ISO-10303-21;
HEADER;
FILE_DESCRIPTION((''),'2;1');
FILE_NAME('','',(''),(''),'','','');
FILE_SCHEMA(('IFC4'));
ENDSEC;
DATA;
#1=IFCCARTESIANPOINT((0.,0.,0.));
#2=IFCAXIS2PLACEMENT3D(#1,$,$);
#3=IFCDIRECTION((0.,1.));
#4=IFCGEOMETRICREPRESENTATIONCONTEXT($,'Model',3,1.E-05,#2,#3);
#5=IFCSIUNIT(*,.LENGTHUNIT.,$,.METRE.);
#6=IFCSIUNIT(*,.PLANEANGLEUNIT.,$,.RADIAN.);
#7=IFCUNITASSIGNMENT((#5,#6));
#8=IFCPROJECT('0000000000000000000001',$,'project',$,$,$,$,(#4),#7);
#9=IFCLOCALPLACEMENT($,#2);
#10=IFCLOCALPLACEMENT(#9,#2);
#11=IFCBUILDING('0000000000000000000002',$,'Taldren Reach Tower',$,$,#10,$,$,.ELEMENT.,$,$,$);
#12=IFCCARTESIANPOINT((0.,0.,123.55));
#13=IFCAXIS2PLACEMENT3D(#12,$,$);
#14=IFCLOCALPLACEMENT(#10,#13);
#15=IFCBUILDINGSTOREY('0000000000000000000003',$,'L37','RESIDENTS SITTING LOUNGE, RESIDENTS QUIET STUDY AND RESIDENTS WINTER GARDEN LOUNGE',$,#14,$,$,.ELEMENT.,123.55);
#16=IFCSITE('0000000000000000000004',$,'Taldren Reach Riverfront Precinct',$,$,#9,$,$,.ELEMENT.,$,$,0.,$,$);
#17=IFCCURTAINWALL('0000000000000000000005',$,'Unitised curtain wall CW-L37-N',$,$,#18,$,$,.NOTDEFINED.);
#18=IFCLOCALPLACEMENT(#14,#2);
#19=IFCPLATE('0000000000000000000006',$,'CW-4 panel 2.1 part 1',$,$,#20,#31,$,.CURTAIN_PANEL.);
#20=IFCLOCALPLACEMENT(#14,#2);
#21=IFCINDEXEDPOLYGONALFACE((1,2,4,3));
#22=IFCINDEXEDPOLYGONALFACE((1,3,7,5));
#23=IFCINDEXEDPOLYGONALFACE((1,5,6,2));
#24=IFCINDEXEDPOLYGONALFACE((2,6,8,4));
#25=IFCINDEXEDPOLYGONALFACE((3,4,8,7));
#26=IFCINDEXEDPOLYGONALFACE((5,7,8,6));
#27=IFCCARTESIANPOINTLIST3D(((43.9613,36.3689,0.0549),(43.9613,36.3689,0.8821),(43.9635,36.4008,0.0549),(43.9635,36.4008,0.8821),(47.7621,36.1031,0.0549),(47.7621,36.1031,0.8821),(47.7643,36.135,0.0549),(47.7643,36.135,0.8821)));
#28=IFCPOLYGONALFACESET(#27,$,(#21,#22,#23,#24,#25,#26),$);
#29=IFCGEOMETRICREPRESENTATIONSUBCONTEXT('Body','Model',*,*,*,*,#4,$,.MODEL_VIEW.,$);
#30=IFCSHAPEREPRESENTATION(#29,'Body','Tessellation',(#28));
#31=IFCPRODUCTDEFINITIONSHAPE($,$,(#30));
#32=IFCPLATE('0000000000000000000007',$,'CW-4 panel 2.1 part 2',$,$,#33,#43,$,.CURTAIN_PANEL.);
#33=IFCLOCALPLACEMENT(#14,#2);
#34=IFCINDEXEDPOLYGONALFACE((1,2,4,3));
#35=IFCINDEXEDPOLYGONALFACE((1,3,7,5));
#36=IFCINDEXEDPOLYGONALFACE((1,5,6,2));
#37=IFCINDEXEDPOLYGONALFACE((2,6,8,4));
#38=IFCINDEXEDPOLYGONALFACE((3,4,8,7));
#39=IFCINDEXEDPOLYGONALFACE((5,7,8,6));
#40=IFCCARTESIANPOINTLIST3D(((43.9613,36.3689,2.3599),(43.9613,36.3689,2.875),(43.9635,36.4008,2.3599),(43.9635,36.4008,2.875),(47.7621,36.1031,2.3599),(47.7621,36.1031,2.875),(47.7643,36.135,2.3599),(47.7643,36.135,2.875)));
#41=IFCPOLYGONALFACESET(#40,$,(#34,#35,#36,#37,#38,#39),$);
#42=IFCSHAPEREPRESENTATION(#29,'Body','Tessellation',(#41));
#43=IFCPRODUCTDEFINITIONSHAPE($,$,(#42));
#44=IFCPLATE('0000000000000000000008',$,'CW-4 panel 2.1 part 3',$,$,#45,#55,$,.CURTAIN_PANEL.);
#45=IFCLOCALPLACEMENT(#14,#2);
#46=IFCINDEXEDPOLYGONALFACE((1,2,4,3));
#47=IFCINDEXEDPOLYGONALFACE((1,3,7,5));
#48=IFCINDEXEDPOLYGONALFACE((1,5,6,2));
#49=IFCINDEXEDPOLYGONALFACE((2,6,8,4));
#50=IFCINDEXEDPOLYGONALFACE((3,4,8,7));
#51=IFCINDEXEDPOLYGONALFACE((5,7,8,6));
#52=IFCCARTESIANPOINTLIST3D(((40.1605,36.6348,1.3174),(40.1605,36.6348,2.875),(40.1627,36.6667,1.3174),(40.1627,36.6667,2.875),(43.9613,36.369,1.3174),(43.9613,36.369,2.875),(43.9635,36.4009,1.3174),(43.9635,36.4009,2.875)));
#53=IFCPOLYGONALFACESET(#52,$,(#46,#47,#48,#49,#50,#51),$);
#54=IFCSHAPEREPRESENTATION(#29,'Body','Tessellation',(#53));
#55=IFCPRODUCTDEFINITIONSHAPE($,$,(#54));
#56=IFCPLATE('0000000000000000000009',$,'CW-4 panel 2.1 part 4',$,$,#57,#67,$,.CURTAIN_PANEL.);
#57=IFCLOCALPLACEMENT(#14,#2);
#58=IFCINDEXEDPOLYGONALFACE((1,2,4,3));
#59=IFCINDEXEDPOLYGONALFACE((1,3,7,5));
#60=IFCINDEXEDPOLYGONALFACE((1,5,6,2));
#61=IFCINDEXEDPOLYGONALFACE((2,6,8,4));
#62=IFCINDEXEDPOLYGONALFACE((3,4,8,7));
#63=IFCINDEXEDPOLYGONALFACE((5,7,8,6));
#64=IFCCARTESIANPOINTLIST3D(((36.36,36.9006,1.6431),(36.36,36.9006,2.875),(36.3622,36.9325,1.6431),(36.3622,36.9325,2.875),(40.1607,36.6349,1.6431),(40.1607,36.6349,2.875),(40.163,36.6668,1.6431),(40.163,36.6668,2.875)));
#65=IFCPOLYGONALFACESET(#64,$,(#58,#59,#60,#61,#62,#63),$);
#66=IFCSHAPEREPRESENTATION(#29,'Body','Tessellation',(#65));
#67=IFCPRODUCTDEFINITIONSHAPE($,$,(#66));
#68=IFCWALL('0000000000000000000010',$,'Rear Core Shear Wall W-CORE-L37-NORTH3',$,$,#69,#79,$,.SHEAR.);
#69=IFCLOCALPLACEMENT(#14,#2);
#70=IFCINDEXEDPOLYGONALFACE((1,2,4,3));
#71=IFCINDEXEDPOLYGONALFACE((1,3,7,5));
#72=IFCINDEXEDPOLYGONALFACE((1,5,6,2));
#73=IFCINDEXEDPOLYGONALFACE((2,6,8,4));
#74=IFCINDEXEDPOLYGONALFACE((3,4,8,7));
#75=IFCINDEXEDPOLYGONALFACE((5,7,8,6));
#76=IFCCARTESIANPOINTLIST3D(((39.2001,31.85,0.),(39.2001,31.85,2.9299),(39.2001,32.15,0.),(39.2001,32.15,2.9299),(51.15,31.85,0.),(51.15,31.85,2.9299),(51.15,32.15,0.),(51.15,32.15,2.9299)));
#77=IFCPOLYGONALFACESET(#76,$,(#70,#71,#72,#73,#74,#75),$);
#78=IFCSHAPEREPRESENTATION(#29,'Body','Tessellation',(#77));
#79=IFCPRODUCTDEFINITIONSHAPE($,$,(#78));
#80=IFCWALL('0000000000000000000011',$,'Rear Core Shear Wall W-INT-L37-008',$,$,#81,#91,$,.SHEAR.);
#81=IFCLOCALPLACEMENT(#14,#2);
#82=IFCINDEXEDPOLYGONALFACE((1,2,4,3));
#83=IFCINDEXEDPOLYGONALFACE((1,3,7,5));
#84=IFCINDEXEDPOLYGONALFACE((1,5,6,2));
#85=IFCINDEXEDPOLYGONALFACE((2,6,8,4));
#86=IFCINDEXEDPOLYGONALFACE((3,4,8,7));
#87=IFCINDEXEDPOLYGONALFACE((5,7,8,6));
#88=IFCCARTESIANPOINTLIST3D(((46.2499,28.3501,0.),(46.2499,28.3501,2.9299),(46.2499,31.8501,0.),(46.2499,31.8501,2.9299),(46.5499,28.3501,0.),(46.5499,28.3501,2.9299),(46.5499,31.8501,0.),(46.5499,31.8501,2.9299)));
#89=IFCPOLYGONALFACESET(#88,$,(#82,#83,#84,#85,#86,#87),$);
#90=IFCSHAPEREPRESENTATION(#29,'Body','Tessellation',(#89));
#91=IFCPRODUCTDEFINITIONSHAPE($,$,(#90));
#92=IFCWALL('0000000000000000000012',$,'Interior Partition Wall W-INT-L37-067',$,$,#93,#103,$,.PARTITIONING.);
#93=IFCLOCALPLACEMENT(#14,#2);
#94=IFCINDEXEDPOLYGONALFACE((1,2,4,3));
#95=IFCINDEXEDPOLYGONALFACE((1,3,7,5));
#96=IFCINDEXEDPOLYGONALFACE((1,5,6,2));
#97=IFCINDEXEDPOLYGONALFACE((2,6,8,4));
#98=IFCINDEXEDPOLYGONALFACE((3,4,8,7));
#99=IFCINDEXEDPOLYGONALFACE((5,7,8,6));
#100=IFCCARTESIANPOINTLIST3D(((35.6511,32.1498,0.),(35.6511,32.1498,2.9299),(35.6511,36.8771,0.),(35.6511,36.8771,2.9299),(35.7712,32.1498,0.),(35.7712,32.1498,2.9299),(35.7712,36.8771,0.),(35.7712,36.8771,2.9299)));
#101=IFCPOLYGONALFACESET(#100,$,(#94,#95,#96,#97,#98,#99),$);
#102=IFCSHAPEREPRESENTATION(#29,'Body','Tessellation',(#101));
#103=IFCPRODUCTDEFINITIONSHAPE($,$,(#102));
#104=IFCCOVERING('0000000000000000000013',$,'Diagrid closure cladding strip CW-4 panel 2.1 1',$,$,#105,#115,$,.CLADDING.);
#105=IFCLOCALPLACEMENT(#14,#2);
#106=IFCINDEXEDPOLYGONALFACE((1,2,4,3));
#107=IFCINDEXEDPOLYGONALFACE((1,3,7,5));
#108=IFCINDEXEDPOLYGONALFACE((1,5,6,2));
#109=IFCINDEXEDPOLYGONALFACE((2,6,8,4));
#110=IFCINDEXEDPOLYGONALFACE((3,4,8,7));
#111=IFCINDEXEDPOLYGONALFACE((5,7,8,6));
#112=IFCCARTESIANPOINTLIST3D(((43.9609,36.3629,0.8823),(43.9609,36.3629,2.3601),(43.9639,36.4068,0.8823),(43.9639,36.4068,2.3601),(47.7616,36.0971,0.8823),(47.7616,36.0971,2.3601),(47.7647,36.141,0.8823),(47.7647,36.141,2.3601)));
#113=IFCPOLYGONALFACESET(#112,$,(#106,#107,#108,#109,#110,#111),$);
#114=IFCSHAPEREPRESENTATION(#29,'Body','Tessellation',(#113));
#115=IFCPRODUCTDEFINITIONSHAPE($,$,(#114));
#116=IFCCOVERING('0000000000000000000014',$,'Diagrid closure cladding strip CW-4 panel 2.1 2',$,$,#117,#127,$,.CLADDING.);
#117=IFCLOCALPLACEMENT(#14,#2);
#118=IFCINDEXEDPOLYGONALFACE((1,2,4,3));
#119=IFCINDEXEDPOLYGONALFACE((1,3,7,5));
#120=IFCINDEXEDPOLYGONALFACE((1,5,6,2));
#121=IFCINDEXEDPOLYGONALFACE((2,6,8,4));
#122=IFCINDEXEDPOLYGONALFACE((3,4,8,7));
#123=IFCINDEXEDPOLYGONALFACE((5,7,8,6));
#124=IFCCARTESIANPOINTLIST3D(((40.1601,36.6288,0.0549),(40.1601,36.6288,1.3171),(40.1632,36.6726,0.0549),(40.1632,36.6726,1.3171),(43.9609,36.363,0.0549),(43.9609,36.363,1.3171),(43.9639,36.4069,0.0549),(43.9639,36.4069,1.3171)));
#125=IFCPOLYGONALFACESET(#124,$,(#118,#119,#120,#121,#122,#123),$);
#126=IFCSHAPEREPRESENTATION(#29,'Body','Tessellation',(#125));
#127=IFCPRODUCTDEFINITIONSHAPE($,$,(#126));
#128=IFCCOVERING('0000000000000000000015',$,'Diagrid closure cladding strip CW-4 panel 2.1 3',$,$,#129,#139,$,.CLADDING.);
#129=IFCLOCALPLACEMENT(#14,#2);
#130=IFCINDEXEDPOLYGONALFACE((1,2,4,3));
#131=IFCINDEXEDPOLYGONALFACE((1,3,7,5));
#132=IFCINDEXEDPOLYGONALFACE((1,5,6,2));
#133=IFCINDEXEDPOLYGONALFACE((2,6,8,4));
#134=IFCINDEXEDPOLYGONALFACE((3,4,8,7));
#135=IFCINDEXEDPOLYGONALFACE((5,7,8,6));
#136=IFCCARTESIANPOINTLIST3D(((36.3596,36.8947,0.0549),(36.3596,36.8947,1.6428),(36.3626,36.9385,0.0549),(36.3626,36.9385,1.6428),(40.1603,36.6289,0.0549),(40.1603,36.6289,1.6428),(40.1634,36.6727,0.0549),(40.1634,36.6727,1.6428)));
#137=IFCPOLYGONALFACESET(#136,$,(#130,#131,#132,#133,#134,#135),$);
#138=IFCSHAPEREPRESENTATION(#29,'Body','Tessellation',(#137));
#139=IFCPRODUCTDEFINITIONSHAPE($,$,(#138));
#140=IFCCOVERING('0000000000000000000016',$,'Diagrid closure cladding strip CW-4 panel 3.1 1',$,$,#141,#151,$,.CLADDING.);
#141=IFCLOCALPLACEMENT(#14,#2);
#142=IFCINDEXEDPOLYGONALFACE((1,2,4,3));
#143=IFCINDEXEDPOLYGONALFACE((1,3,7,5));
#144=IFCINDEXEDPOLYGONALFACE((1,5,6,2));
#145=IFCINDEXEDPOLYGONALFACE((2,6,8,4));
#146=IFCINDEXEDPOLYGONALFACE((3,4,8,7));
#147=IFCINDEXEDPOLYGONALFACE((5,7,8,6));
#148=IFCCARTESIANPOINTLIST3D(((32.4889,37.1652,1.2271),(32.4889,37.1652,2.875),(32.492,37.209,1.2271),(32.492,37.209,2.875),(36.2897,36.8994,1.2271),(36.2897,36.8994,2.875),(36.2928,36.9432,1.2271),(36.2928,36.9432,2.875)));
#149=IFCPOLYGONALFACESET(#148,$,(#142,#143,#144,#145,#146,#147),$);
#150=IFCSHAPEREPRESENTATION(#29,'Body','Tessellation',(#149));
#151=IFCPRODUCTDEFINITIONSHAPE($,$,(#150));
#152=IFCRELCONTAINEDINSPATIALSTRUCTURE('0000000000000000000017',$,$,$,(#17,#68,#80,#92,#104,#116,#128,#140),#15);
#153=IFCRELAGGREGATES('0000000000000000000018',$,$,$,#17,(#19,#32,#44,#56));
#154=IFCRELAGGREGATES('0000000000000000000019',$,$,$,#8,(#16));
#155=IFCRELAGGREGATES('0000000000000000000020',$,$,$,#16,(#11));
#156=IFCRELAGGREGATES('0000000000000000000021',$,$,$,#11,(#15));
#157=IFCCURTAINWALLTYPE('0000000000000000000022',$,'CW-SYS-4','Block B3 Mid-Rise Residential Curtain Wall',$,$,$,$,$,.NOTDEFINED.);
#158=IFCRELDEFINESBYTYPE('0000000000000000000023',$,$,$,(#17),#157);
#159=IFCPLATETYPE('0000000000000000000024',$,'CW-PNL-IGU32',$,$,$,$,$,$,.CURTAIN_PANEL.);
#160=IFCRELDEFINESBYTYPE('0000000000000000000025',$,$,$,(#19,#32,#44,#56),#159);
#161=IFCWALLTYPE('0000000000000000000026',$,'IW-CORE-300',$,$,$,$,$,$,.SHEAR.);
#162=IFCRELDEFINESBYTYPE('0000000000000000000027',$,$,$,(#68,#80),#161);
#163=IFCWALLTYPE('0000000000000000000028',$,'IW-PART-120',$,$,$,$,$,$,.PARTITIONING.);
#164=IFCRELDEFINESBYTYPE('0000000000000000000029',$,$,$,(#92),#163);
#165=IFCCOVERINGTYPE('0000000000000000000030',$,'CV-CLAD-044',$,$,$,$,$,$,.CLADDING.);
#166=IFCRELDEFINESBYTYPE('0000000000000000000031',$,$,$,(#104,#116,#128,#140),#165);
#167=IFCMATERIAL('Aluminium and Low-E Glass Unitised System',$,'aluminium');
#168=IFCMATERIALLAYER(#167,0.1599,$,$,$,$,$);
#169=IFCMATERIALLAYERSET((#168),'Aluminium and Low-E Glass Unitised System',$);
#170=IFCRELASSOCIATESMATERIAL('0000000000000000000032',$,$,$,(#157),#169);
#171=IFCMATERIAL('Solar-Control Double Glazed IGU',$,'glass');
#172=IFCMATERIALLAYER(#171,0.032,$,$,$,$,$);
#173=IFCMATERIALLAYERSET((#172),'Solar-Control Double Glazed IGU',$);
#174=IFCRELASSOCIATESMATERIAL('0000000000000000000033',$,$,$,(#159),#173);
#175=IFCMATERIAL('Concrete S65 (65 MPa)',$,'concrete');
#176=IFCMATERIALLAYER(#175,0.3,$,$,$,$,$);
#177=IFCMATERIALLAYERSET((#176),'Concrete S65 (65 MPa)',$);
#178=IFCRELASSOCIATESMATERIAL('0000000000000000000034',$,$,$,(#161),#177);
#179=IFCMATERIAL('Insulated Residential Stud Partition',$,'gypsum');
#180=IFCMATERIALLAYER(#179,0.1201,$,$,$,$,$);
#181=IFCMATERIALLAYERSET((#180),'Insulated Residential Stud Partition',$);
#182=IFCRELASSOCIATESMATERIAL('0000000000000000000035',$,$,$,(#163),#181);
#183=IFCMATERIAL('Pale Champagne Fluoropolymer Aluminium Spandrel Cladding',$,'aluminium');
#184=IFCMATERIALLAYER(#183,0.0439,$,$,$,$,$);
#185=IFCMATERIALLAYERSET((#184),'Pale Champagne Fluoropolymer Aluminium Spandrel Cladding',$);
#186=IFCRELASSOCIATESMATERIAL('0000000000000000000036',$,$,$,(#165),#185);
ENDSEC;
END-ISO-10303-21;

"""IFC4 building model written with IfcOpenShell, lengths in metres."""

from ifc_helpers import new_model, si_unit, direction, frame, frame_2d, origin, origin_2d, place, context, subcontext, project, spatial, rectangle, extrude, source, transform, mapped, material, layer, layer_set, type_object, element, aggregate, save


model = new_model("IFC4")

# Units and contexts
model_context = context("Model", 3, precision=1e-05, world=origin(), true_north=direction((0.0, 1.0)))
body_context = subcontext(model_context, "Body", "Model", "MODEL_VIEW")
ifc_project = project(units=[si_unit("LENGTHUNIT", "METRE"), si_unit("PLANEANGLEUNIT", "RADIAN")], contexts=[model_context])

# Site, building, storey
site_placement = place(None, origin())
site = spatial("IfcSite", under=ifc_project, at=site_placement, Name="Taldren Reach Riverfront Precinct", CompositionType="ELEMENT", RefElevation=0.0)
building_placement = place(site_placement, origin())
building = spatial("IfcBuilding", under=site, at=building_placement, Name="Taldren Reach Tower", CompositionType="ELEMENT")
storey_placement = place(building_placement, frame((0.0, 0.0, 123.55)))
storey = spatial("IfcBuildingStorey", under=building, at=storey_placement, Name="L37", Description="RESIDENTS SITTING LOUNGE, RESIDENTS QUIET STUDY AND RESIDENTS WINTER GARDEN LOUNGE", CompositionType="ELEMENT", Elevation=123.55)

# Curtain wall
ifc_material_1 = material(Name="Aluminium and Low-E Glass Unitised System", Category="aluminium")
ifc_layer_1 = layer(ifc_material_1, 0.1599)
ifc_layer_set_1 = layer_set([ifc_layer_1], Name="Aluminium and Low-E Glass Unitised System")
curtain_wall_type = type_object("IfcCurtainWallType", Name="CW-SYS-4", Description="Block B3 Mid-Rise Residential Curtain Wall", PredefinedType="NOTDEFINED", material=ifc_layer_set_1)
curtain_wall_placement = place(storey_placement, origin())
curtain_wall = element("IfcCurtainWall", 1, at=curtain_wall_placement, inside=storey, type_object=curtain_wall_type, Name="Unitised curtain wall CW-L37-N", PredefinedType="NOTDEFINED")

# Plates
ifc_material_2 = material(Name="Solar-Control Double Glazed IGU", Category="glass")
ifc_layer_2 = layer(ifc_material_2, 0.032)
ifc_layer_set_2 = layer_set([ifc_layer_2], Name="Solar-Control Double Glazed IGU")
plate_type_1 = type_object("IfcPlateType", Name="CW-PNL-IGU32", PredefinedType="CURTAIN_PANEL", material=ifc_layer_set_2)
shared_shape_1 = source(origin(), body_context, "Body", "SweptSolid", [
    extrude(rectangle(XDim=3.8101, YDim=0.032, at=origin_2d()), origin(), (0.0, 0.0, 1.0), 0.8271),
])
plate_1_placement = place(storey_placement, frame((45.8628, 36.252, 0.0549), z_axis=(0.0, 0.0, 1.0), x_axis=(-0.997564, 0.069757, 0.0)))
plate_1 = element("IfcPlate", 2, at=plate_1_placement, type_object=plate_type_1, Name="CW-4 panel 2.1 part 1", PredefinedType="CURTAIN_PANEL", context=body_context, shape_type="MappedRepresentation", body=[
    mapped(shared_shape_1, transform((0.0, 0.0, 0.0), scale=1.0)),
])
shared_shape_2 = source(origin(), body_context, "Body", "SweptSolid", [
    extrude(rectangle(XDim=3.8101, YDim=0.032, at=origin_2d()), origin(), (0.0, 0.0, 1.0), 0.5151),
])
plate_2_placement = place(storey_placement, frame((45.8628, 36.252, 2.3599), z_axis=(0.0, 0.0, 1.0), x_axis=(-0.997564, 0.069757, 0.0)))
plate_2 = element("IfcPlate", 3, at=plate_2_placement, type_object=plate_type_1, Name="CW-4 panel 2.1 part 2", PredefinedType="CURTAIN_PANEL", context=body_context, shape_type="MappedRepresentation", body=[
    mapped(shared_shape_2, transform((0.0, 0.0, 0.0), scale=1.0)),
])
shared_shape_3 = source(origin(), body_context, "Body", "SweptSolid", [
    extrude(rectangle(XDim=3.8101, YDim=0.032, at=origin_2d()), origin(), (0.0, 0.0, 1.0), 1.5576),
])
plate_3_placement = place(storey_placement, frame((42.062, 36.5178, 1.3174), z_axis=(0.0, 0.0, 1.0), x_axis=(-0.997564, 0.069757, 0.0)))
plate_3 = element("IfcPlate", 4, at=plate_3_placement, type_object=plate_type_1, Name="CW-4 panel 2.1 part 3", PredefinedType="CURTAIN_PANEL", context=body_context, shape_type="MappedRepresentation", body=[
    mapped(shared_shape_3, transform((0.0, 0.0, 0.0), scale=1.0)),
])
shared_shape_4 = source(origin(), body_context, "Body", "SweptSolid", [
    extrude(rectangle(XDim=3.8101, YDim=0.032, at=origin_2d()), origin(), (0.0, 0.0, 1.0), 1.2319),
])
plate_4_placement = place(storey_placement, frame((38.2615, 36.7837, 1.6431), z_axis=(0.0, 0.0, 1.0), x_axis=(-0.997564, 0.069757, 0.0)))
plate_4 = element("IfcPlate", 5, at=plate_4_placement, type_object=plate_type_1, Name="CW-4 panel 2.1 part 4", PredefinedType="CURTAIN_PANEL", context=body_context, shape_type="MappedRepresentation", body=[
    mapped(shared_shape_4, transform((0.0, 0.0, 0.0), scale=1.0)),
])
aggregate(curtain_wall, [plate_1, plate_2, plate_3, plate_4])

# Walls
ifc_material_3 = material(Name="Concrete S65 (65 MPa)", Category="concrete")
ifc_layer_3 = layer(ifc_material_3, 0.3)
ifc_layer_set_3 = layer_set([ifc_layer_3], Name="Concrete S65 (65 MPa)")
wall_type_1 = type_object("IfcWallType", Name="IW-CORE-300", PredefinedType="SHEAR", material=ifc_layer_set_3)
shared_shape_5 = source(origin(), body_context, "Body", "SweptSolid", [
    extrude(rectangle(XDim=11.95, YDim=0.3, at=frame_2d((5.9751, 0.0))), origin(), (0.0, 0.0, 1.0), 2.9299),
])
wall_1_placement = place(storey_placement, frame((39.2, 32.0, 0.0), z_axis=(0.0, 0.0, 1.0), x_axis=(1.0, 0.0, 0.0)))
element("IfcWall", 6, at=wall_1_placement, inside=storey, type_object=wall_type_1, Name="Rear Core Shear Wall W-CORE-L37-NORTH3", PredefinedType="SHEAR", context=body_context, shape_type="MappedRepresentation", body=[
    mapped(shared_shape_5, transform((0.0, 0.0, 0.0), scale=1.0)),
])
shared_shape_6 = source(origin(), body_context, "Body", "SweptSolid", [
    extrude(rectangle(XDim=3.5, YDim=0.3, at=frame_2d((1.75, 0.0))), origin(), (0.0, 0.0, 1.0), 2.9299),
])
wall_2_placement = place(storey_placement, frame((46.3999, 31.8501, 0.0), z_axis=(0.0, 0.0, 1.0), x_axis=(0.0, -1.0, 0.0)))
element("IfcWall", 7, at=wall_2_placement, inside=storey, type_object=wall_type_1, Name="Rear Core Shear Wall W-INT-L37-008", PredefinedType="SHEAR", context=body_context, shape_type="MappedRepresentation", body=[
    mapped(shared_shape_6, transform((0.0, 0.0, 0.0), scale=1.0)),
])
ifc_material_4 = material(Name="Insulated Residential Stud Partition", Category="gypsum")
ifc_layer_4 = layer(ifc_material_4, 0.1201)
ifc_layer_set_4 = layer_set([ifc_layer_4], Name="Insulated Residential Stud Partition")
wall_type_2 = type_object("IfcWallType", Name="IW-PART-120", PredefinedType="PARTITIONING", material=ifc_layer_set_4)
shared_shape_7 = source(origin(), body_context, "Body", "SweptSolid", [
    extrude(rectangle(XDim=4.7273, YDim=0.1201, at=frame_2d((2.3638, 0.0))), origin(), (0.0, 0.0, 1.0), 2.9299),
])
wall_3_placement = place(storey_placement, frame((35.7112, 36.8772, 0.0), z_axis=(0.0, 0.0, 1.0), x_axis=(0.0, -1.0, 0.0)))
element("IfcWall", 8, at=wall_3_placement, inside=storey, type_object=wall_type_2, Name="Interior Partition Wall W-INT-L37-067", PredefinedType="PARTITIONING", context=body_context, shape_type="MappedRepresentation", body=[
    mapped(shared_shape_7, transform((0.0, 0.0, 0.0), scale=1.0)),
])

# Coverings
ifc_material_5 = material(Name="Pale Champagne Fluoropolymer Aluminium Spandrel Cladding", Category="aluminium")
ifc_layer_5 = layer(ifc_material_5, 0.0439)
ifc_layer_set_5 = layer_set([ifc_layer_5], Name="Pale Champagne Fluoropolymer Aluminium Spandrel Cladding")
covering_type = type_object("IfcCoveringType", Name="CV-CLAD-044", PredefinedType="CLADDING", material=ifc_layer_set_5)
shared_shape_8 = source(origin(), body_context, "Body", "SweptSolid", [
    extrude(rectangle(XDim=3.8101, YDim=0.0439, at=origin_2d()), origin(), (0.0, 0.0, 1.0), 1.4778),
])
covering_1_placement = place(storey_placement, frame((45.8628, 36.252, 0.8823), z_axis=(0.0, 0.0, 1.0), x_axis=(-0.997564, 0.069757, 0.0)))
element("IfcCovering", 9, at=covering_1_placement, inside=storey, type_object=covering_type, Name="Diagrid closure cladding strip CW-4 panel 2.1 1", PredefinedType="CLADDING", context=body_context, shape_type="MappedRepresentation", body=[
    mapped(shared_shape_8, transform((0.0, 0.0, 0.0), scale=1.0)),
])
shared_shape_9 = source(origin(), body_context, "Body", "SweptSolid", [
    extrude(rectangle(XDim=3.8101, YDim=0.0439, at=origin_2d()), origin(), (0.0, 0.0, 1.0), 1.2622),
])
covering_2_placement = place(storey_placement, frame((42.062, 36.5178, 0.0549), z_axis=(0.0, 0.0, 1.0), x_axis=(-0.997564, 0.069757, 0.0)))
element("IfcCovering", 10, at=covering_2_placement, inside=storey, type_object=covering_type, Name="Diagrid closure cladding strip CW-4 panel 2.1 2", PredefinedType="CLADDING", context=body_context, shape_type="MappedRepresentation", body=[
    mapped(shared_shape_9, transform((0.0, 0.0, 0.0), scale=1.0)),
])
shared_shape_10 = source(origin(), body_context, "Body", "SweptSolid", [
    extrude(rectangle(XDim=3.8101, YDim=0.0439, at=origin_2d()), origin(), (0.0, 0.0, 1.0), 1.5879),
])
covering_3_placement = place(storey_placement, frame((38.2615, 36.7837, 0.0549), z_axis=(0.0, 0.0, 1.0), x_axis=(-0.997564, 0.069757, 0.0)))
element("IfcCovering", 11, at=covering_3_placement, inside=storey, type_object=covering_type, Name="Diagrid closure cladding strip CW-4 panel 2.1 3", PredefinedType="CLADDING", context=body_context, shape_type="MappedRepresentation", body=[
    mapped(shared_shape_10, transform((0.0, 0.0, 0.0), scale=1.0)),
])
shared_shape_11 = source(origin(), body_context, "Body", "SweptSolid", [
    extrude(rectangle(XDim=3.8101, YDim=0.0439, at=origin_2d()), origin(), (0.0, 0.0, 1.0), 1.6479),
])
covering_4_placement = place(storey_placement, frame((34.3909, 37.0542, 1.2271), z_axis=(0.0, 0.0, 1.0), x_axis=(-0.997564, 0.069757, 0.0)))
element("IfcCovering", 12, at=covering_4_placement, inside=storey, type_object=covering_type, Name="Diagrid closure cladding strip CW-4 panel 3.1 1", PredefinedType="CLADDING", context=body_context, shape_type="MappedRepresentation", body=[
    mapped(shared_shape_11, transform((0.0, 0.0, 0.0), scale=1.0)),
])

save(model, "model.ifc")
